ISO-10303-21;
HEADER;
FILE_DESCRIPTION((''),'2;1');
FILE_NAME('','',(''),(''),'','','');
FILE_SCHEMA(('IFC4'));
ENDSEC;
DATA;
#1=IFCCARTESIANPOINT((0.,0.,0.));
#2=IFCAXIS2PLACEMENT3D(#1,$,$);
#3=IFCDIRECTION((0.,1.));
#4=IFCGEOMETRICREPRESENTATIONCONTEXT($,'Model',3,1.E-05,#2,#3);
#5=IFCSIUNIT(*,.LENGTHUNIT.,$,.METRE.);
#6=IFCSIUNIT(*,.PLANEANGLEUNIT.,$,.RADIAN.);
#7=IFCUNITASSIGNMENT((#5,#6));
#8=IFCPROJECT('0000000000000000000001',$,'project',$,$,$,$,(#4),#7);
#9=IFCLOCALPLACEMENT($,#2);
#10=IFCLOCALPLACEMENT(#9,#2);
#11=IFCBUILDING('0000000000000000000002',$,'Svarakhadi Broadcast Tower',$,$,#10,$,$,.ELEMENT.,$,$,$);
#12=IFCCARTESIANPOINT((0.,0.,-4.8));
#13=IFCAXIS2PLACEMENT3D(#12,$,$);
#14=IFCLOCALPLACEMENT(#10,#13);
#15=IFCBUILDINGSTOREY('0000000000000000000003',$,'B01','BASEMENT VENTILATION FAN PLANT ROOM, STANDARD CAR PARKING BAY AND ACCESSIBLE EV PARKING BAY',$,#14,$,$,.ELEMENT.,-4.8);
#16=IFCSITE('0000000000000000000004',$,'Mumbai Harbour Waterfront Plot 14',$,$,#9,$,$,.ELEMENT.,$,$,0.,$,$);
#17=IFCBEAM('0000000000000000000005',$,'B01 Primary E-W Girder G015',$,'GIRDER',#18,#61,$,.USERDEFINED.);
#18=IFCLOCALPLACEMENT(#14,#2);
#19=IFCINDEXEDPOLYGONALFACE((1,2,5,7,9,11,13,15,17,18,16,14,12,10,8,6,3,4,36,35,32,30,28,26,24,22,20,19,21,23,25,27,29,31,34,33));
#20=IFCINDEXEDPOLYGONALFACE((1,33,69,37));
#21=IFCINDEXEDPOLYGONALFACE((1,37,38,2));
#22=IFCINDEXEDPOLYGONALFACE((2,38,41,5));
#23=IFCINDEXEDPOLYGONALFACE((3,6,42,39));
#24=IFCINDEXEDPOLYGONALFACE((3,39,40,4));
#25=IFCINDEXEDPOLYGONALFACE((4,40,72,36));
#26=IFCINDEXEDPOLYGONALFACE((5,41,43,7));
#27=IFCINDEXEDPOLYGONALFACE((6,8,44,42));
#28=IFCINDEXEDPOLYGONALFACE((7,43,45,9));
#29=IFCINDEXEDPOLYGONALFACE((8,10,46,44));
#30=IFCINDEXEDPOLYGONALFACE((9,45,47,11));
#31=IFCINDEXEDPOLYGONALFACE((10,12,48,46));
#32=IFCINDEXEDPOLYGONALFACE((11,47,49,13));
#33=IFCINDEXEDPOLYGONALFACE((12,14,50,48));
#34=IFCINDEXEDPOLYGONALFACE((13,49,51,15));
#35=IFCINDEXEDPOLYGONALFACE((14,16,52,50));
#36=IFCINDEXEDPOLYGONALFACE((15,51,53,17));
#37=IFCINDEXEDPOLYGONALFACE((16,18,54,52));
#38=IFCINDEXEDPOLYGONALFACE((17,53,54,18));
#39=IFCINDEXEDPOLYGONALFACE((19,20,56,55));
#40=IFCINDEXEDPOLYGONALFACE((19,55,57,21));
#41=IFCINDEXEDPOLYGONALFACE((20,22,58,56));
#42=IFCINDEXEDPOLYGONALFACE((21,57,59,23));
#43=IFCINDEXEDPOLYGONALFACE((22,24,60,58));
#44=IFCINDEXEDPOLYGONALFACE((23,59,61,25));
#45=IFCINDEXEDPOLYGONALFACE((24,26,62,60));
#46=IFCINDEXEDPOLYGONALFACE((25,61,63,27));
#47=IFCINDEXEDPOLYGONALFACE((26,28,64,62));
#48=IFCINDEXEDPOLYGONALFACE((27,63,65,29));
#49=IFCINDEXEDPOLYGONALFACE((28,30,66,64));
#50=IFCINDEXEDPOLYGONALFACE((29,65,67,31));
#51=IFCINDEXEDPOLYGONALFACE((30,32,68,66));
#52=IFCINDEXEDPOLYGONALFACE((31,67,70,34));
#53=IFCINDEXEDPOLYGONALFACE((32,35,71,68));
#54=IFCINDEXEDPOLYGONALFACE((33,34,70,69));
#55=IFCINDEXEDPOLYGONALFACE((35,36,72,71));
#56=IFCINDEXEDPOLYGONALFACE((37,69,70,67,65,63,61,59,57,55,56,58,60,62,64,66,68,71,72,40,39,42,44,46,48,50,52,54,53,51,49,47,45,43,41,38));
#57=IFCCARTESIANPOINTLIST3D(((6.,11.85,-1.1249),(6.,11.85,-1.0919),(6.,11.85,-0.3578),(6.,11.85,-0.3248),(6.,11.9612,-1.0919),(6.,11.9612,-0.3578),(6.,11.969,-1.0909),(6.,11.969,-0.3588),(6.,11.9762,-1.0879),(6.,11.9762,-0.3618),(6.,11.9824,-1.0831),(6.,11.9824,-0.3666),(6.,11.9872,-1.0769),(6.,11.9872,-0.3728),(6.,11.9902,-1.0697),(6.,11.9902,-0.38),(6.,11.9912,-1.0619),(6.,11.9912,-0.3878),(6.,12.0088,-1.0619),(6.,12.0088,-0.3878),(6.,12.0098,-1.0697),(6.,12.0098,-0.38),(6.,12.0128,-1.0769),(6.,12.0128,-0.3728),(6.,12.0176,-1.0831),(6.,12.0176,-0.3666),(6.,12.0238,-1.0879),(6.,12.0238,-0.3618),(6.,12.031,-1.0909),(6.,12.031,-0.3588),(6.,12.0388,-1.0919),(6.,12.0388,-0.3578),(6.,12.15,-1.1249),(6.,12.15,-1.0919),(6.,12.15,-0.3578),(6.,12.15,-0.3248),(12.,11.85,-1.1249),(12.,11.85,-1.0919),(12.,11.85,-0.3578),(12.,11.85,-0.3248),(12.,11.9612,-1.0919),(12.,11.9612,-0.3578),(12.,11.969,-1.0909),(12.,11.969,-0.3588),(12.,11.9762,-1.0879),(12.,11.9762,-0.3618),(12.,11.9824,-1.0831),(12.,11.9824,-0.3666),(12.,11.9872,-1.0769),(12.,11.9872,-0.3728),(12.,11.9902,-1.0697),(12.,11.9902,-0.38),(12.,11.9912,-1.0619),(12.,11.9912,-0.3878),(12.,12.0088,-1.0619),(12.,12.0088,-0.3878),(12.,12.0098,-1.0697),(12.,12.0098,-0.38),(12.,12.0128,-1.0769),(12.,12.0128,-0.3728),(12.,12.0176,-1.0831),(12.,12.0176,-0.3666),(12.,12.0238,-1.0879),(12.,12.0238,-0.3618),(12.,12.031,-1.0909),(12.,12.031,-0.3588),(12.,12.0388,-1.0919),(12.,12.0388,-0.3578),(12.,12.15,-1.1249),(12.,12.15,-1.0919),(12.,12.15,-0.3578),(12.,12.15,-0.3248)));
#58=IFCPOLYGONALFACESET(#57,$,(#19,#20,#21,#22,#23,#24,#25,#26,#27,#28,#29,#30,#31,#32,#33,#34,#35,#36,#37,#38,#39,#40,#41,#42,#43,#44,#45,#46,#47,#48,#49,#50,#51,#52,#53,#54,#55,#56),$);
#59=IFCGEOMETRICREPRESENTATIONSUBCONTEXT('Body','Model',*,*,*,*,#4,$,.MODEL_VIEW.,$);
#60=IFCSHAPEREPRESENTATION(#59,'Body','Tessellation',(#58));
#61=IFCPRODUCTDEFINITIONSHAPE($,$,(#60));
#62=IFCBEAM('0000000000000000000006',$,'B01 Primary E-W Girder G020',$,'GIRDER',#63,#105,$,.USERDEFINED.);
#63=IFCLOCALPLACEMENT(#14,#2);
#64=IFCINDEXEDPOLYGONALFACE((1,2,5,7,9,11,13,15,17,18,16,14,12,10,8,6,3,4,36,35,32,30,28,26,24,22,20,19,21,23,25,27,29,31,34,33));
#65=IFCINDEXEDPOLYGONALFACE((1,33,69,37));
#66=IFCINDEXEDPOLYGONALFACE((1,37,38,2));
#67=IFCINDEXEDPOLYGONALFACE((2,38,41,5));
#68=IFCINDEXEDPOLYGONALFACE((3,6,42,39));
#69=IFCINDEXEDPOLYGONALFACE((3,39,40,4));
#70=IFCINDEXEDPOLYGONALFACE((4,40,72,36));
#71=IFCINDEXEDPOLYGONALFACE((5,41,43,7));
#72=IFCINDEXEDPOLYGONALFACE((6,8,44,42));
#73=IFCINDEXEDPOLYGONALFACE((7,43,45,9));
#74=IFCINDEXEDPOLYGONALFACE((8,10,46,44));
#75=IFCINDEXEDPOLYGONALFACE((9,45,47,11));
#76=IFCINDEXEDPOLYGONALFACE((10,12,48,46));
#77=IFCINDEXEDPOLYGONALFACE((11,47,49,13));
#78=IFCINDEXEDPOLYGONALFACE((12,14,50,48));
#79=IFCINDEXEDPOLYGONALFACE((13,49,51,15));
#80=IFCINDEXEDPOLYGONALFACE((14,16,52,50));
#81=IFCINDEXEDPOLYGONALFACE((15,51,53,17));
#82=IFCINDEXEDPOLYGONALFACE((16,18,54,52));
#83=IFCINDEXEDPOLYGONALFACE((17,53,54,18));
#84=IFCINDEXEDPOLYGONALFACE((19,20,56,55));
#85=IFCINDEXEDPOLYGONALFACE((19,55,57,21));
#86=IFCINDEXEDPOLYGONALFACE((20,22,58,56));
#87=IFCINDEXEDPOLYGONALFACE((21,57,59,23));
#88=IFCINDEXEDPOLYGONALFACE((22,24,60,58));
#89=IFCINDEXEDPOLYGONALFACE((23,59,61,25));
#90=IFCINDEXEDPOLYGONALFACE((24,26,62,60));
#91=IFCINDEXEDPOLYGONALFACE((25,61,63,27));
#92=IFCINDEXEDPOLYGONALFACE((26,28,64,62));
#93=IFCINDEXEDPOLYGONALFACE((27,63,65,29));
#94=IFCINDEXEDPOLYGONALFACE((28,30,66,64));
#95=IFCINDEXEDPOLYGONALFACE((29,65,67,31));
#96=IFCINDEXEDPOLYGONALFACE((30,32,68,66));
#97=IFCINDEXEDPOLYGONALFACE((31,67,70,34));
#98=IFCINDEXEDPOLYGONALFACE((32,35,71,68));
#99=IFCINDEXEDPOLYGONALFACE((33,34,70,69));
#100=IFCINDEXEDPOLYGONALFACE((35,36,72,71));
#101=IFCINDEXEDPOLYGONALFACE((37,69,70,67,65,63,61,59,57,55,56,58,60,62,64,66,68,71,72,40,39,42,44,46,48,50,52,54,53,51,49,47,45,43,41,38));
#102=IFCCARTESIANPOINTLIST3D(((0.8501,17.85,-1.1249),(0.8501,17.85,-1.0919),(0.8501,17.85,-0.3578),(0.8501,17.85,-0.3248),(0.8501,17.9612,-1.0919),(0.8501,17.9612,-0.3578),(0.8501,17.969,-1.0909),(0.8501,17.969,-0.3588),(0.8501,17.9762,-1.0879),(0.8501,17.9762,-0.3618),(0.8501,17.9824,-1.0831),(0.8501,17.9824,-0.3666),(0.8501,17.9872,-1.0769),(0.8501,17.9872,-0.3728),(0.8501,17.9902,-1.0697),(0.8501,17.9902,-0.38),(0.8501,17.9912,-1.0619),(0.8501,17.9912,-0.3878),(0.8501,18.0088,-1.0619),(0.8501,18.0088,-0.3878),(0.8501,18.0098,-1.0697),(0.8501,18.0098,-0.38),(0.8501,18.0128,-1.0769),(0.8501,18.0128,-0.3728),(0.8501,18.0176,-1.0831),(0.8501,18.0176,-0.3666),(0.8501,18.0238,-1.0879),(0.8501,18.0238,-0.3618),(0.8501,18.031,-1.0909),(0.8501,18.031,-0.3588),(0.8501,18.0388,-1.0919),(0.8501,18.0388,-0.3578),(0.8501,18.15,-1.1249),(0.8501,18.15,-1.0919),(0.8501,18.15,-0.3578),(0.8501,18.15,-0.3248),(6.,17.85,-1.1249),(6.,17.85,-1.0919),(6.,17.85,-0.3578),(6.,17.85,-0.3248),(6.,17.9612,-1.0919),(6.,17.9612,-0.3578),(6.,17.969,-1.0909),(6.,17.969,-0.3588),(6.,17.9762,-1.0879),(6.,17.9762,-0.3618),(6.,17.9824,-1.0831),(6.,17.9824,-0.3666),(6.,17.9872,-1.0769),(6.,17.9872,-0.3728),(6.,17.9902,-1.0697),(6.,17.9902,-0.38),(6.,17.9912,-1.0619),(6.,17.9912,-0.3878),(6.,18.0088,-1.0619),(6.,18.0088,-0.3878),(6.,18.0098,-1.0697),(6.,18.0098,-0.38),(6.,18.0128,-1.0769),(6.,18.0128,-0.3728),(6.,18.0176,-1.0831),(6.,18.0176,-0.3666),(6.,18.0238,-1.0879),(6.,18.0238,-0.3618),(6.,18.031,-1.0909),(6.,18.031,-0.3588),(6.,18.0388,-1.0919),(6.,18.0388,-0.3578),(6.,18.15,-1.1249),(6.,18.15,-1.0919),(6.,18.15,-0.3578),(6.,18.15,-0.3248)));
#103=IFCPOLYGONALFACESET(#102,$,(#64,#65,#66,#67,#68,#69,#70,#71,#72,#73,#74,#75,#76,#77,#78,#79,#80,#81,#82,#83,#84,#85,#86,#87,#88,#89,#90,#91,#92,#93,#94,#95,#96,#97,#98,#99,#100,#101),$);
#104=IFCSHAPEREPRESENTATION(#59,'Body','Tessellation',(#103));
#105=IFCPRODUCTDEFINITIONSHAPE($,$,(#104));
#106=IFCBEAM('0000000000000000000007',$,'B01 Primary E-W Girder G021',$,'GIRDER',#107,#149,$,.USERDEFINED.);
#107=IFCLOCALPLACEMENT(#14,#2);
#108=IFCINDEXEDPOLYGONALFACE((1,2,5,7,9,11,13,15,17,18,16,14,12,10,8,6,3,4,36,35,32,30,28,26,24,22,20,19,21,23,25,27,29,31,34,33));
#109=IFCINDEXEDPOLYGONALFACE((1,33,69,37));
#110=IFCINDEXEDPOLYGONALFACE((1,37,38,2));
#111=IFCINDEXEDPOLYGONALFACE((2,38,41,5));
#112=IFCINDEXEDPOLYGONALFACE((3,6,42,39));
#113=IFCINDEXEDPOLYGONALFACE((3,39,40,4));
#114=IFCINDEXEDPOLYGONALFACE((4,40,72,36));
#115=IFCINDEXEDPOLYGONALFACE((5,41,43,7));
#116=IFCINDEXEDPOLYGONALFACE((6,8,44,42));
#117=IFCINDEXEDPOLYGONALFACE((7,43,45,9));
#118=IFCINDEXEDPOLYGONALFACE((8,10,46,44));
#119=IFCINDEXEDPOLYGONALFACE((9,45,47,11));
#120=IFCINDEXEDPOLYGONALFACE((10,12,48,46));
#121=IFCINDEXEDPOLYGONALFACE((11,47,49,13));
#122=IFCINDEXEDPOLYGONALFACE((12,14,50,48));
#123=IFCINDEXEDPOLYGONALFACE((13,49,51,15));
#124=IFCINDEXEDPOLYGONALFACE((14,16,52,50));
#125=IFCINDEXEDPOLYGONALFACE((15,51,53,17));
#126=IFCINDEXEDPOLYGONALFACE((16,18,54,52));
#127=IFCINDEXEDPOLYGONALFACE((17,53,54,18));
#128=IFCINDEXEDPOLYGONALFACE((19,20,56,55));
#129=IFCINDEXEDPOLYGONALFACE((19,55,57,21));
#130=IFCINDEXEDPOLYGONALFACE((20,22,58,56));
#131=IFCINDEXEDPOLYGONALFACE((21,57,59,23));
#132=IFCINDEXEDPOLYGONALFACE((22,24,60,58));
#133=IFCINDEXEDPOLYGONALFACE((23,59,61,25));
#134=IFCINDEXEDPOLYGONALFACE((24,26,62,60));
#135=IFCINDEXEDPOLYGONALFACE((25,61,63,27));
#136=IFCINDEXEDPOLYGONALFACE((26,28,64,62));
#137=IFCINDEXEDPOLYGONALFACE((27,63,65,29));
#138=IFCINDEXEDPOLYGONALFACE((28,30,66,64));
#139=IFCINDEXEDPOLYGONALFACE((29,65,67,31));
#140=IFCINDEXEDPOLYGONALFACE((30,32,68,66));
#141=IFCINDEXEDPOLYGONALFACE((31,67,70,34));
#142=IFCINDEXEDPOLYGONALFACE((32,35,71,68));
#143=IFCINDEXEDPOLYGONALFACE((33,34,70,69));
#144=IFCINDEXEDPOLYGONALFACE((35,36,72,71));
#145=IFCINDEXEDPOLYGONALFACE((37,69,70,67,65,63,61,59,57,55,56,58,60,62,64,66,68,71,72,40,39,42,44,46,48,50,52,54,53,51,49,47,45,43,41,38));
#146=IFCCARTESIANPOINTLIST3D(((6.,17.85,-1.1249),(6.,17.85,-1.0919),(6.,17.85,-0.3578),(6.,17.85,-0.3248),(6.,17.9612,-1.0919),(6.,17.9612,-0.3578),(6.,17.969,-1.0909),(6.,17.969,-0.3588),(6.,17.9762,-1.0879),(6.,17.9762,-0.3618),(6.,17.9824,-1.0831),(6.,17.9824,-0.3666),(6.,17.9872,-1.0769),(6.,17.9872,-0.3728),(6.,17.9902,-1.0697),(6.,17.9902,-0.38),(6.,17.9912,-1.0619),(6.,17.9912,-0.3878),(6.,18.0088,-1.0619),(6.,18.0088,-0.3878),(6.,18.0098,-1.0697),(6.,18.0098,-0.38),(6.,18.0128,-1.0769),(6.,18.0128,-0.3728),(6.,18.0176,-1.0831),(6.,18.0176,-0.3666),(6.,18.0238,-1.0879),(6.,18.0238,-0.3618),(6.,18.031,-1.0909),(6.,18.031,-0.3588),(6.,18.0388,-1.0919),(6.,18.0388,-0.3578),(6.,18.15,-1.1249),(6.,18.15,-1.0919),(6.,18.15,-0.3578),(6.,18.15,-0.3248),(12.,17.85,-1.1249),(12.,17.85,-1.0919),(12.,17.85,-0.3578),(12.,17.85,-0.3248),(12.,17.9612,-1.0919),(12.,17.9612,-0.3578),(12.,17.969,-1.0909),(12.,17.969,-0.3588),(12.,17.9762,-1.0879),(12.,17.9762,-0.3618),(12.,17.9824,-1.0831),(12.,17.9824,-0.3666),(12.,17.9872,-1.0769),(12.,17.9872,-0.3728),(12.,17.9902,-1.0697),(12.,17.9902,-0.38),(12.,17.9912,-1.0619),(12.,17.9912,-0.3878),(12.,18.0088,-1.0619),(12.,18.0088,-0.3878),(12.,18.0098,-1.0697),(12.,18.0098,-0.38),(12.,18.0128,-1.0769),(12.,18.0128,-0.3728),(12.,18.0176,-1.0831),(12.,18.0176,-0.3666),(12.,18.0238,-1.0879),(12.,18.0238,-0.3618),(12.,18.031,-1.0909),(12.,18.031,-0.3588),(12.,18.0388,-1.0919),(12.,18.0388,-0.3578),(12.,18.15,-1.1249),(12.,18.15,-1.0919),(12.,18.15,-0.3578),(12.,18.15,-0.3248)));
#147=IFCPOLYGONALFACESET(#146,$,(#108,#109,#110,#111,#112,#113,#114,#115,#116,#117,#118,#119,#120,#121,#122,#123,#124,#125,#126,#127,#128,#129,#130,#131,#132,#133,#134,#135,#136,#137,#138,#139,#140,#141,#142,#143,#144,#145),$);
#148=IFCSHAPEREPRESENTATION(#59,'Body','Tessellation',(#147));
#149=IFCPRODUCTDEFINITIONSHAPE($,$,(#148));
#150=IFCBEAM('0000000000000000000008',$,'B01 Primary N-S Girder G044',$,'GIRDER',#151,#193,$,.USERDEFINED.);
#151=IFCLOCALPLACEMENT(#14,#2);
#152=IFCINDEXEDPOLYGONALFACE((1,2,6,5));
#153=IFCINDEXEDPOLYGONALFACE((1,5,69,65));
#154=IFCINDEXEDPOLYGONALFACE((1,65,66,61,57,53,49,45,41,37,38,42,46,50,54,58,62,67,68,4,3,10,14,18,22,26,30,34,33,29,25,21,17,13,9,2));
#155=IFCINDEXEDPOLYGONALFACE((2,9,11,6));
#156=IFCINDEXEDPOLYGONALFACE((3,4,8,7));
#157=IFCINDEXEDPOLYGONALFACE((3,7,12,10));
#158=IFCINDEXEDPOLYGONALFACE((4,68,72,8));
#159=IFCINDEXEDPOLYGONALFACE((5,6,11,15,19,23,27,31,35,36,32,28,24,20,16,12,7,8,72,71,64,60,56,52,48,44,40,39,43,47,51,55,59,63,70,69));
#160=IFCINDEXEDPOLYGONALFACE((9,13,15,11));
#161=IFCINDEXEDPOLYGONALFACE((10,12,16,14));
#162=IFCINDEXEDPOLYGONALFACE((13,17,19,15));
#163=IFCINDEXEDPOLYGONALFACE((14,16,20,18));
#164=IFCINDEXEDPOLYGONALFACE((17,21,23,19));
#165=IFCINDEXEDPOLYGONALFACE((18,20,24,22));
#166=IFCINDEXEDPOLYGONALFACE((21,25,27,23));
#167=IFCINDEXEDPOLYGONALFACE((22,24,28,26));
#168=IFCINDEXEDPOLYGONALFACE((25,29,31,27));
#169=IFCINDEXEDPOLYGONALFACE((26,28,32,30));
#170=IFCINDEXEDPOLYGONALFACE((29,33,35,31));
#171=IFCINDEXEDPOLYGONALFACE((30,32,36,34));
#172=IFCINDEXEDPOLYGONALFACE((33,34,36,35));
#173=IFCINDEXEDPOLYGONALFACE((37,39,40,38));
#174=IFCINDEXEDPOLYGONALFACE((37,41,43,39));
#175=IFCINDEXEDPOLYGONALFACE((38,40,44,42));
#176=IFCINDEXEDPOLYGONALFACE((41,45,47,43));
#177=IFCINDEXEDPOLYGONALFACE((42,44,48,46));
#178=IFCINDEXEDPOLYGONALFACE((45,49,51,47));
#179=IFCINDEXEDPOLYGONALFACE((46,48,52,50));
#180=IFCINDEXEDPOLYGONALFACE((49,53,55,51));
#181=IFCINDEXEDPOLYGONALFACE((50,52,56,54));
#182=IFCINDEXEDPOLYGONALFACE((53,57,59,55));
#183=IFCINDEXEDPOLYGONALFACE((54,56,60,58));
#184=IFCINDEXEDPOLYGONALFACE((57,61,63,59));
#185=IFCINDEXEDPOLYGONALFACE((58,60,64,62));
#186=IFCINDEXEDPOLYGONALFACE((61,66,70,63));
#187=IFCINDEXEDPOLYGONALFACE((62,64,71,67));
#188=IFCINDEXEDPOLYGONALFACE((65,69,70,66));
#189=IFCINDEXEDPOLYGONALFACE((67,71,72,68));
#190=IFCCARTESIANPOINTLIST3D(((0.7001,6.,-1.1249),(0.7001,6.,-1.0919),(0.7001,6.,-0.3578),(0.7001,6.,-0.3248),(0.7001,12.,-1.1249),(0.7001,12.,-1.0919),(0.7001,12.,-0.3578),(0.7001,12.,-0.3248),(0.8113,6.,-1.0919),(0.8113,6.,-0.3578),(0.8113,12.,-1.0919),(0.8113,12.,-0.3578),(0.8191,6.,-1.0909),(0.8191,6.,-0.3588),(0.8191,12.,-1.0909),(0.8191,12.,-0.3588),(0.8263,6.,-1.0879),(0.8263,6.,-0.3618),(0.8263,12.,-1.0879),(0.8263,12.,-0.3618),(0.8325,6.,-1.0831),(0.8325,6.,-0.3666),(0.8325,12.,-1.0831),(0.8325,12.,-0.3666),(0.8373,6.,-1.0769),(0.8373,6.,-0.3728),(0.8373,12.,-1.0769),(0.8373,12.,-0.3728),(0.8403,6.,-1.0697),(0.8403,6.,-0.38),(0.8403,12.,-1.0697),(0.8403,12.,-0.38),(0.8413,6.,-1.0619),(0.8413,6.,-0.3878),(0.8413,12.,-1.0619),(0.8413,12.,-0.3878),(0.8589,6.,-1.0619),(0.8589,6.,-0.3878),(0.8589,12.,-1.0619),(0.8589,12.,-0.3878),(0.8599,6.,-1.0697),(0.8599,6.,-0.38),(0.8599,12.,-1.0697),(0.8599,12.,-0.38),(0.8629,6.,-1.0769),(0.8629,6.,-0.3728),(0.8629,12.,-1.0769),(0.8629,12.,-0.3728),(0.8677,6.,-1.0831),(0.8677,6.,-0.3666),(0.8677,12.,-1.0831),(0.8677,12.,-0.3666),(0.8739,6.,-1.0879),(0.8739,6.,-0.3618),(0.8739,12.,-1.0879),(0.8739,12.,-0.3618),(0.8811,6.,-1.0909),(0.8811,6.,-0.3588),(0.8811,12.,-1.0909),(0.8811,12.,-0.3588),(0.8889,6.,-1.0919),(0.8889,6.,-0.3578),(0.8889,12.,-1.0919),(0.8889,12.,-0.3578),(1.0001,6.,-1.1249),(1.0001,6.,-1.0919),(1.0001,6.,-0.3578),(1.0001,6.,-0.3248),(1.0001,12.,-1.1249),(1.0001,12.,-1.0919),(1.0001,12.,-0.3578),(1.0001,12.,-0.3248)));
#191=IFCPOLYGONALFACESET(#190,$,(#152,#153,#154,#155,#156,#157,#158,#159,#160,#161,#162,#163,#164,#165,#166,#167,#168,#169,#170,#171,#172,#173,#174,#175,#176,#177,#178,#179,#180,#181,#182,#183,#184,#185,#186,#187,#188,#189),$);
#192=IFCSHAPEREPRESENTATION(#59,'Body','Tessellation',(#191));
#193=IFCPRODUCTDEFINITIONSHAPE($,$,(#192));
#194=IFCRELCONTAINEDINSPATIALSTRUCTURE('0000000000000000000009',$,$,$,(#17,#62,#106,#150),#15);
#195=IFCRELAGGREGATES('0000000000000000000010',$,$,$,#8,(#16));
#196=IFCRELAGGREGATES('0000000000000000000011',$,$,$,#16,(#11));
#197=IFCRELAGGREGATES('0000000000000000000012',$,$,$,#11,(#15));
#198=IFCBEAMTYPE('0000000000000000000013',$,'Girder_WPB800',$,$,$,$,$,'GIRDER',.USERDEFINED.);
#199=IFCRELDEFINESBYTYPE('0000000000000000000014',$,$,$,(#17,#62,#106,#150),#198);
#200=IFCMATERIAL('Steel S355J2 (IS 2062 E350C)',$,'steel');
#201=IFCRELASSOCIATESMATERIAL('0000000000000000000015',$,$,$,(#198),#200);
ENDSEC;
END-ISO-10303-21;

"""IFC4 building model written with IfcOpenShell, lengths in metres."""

from ifc_helpers import new_model, si_unit, direction, frame, origin, origin_2d, place, context, subcontext, project, spatial, i_section, extrude, material, material_profile, profile_set, type_object, element, save


model = new_model("IFC4")

# Units and contexts
model_context = context("Model", 3, precision=1e-05, world=origin(), true_north=direction((0.0, 1.0)))
body_context = subcontext(model_context, "Body", "Model", "MODEL_VIEW")
ifc_project = project(units=[si_unit("LENGTHUNIT", "METRE"), si_unit("PLANEANGLEUNIT", "RADIAN")], contexts=[model_context])

# Site, building, storey
site_placement = place(None, origin())
site = spatial("IfcSite", under=ifc_project, at=site_placement, Name="Mumbai Harbour Waterfront Plot 14", CompositionType="ELEMENT", RefElevation=0.0)
building_placement = place(site_placement, origin())
building = spatial("IfcBuilding", under=site, at=building_placement, Name="Svarakhadi Broadcast Tower", CompositionType="ELEMENT")
storey_placement = place(building_placement, frame((0.0, 0.0, -4.8)))
storey = spatial("IfcBuildingStorey", under=building, at=storey_placement, Name="B01", Description="BASEMENT VENTILATION FAN PLANT ROOM, STANDARD CAR PARKING BAY AND ACCESSIBLE EV PARKING BAY", CompositionType="ELEMENT", Elevation=-4.8)

# Beams
ifc_material_1 = material(Name="Steel S355J2 (IS 2062 E350C)", Category="steel")
ifc_material_profile_1 = material_profile(ifc_material_1, i_section(OverallWidth=0.3, OverallDepth=0.8, WebThickness=0.0176, FlangeThickness=0.033, FilletRadius=0.03, at=origin_2d()), Name="WPB 800x300x262")
ifc_profile_set_1 = profile_set([ifc_material_profile_1], Name="Steel S355J2 (IS 2062 E350C)")
beam_type_1 = type_object("IfcBeamType", Name="Girder_WPB800", ElementType="GIRDER", PredefinedType="USERDEFINED", material=ifc_profile_set_1)
beam_1_placement = place(storey_placement, frame((6.0, 12.0, -0.7249), z_axis=(1.0, 0.0, 0.0), x_axis=(0.0, 1.0, 0.0)))
element("IfcBeam", 1, at=beam_1_placement, inside=storey, type_object=beam_type_1, Name="B01 Primary E-W Girder G015", ObjectType="GIRDER", PredefinedType="USERDEFINED", context=body_context, shape_type="SweptSolid", body=[
    extrude(i_section(OverallWidth=0.3, OverallDepth=0.8, WebThickness=0.0176, FlangeThickness=0.033, FilletRadius=0.03, at=origin_2d()), origin(), (0.0, 0.0, 1.0), 6.0),
])
beam_2_placement = place(storey_placement, frame((0.8501, 18.0, -0.7249), z_axis=(1.0, 0.0, 0.0), x_axis=(0.0, 1.0, 0.0)))
element("IfcBeam", 2, at=beam_2_placement, inside=storey, type_object=beam_type_1, Name="B01 Primary E-W Girder G020", ObjectType="GIRDER", PredefinedType="USERDEFINED", context=body_context, shape_type="SweptSolid", body=[
    extrude(i_section(OverallWidth=0.3, OverallDepth=0.8, WebThickness=0.0176, FlangeThickness=0.033, FilletRadius=0.03, at=origin_2d()), origin(), (0.0, 0.0, 1.0), 5.1499),
])
for number, where, z_axis, x_axis, name in (
    (3, (6.0, 18.0, -0.7249), (1.0, 0.0, 0.0), (0.0, 1.0, 0.0), "B01 Primary E-W Girder G021"),
    (4, (0.8501, 6.0, -0.7249), (0.0, 1.0, 0.0), (-1.0, 0.0, 0.0), "B01 Primary N-S Girder G044"),
):
    element("IfcBeam", number, at=place(storey_placement, frame(where, z_axis=z_axis, x_axis=x_axis)), inside=storey, type_object=beam_type_1, Name=name, ObjectType="GIRDER", PredefinedType="USERDEFINED", context=body_context, shape_type="SweptSolid", body=[
        extrude(i_section(OverallWidth=0.3, OverallDepth=0.8, WebThickness=0.0176, FlangeThickness=0.033, FilletRadius=0.03, at=origin_2d()), origin(), (0.0, 0.0, 1.0), 6.0),
    ])

save(model, "model.ifc")
